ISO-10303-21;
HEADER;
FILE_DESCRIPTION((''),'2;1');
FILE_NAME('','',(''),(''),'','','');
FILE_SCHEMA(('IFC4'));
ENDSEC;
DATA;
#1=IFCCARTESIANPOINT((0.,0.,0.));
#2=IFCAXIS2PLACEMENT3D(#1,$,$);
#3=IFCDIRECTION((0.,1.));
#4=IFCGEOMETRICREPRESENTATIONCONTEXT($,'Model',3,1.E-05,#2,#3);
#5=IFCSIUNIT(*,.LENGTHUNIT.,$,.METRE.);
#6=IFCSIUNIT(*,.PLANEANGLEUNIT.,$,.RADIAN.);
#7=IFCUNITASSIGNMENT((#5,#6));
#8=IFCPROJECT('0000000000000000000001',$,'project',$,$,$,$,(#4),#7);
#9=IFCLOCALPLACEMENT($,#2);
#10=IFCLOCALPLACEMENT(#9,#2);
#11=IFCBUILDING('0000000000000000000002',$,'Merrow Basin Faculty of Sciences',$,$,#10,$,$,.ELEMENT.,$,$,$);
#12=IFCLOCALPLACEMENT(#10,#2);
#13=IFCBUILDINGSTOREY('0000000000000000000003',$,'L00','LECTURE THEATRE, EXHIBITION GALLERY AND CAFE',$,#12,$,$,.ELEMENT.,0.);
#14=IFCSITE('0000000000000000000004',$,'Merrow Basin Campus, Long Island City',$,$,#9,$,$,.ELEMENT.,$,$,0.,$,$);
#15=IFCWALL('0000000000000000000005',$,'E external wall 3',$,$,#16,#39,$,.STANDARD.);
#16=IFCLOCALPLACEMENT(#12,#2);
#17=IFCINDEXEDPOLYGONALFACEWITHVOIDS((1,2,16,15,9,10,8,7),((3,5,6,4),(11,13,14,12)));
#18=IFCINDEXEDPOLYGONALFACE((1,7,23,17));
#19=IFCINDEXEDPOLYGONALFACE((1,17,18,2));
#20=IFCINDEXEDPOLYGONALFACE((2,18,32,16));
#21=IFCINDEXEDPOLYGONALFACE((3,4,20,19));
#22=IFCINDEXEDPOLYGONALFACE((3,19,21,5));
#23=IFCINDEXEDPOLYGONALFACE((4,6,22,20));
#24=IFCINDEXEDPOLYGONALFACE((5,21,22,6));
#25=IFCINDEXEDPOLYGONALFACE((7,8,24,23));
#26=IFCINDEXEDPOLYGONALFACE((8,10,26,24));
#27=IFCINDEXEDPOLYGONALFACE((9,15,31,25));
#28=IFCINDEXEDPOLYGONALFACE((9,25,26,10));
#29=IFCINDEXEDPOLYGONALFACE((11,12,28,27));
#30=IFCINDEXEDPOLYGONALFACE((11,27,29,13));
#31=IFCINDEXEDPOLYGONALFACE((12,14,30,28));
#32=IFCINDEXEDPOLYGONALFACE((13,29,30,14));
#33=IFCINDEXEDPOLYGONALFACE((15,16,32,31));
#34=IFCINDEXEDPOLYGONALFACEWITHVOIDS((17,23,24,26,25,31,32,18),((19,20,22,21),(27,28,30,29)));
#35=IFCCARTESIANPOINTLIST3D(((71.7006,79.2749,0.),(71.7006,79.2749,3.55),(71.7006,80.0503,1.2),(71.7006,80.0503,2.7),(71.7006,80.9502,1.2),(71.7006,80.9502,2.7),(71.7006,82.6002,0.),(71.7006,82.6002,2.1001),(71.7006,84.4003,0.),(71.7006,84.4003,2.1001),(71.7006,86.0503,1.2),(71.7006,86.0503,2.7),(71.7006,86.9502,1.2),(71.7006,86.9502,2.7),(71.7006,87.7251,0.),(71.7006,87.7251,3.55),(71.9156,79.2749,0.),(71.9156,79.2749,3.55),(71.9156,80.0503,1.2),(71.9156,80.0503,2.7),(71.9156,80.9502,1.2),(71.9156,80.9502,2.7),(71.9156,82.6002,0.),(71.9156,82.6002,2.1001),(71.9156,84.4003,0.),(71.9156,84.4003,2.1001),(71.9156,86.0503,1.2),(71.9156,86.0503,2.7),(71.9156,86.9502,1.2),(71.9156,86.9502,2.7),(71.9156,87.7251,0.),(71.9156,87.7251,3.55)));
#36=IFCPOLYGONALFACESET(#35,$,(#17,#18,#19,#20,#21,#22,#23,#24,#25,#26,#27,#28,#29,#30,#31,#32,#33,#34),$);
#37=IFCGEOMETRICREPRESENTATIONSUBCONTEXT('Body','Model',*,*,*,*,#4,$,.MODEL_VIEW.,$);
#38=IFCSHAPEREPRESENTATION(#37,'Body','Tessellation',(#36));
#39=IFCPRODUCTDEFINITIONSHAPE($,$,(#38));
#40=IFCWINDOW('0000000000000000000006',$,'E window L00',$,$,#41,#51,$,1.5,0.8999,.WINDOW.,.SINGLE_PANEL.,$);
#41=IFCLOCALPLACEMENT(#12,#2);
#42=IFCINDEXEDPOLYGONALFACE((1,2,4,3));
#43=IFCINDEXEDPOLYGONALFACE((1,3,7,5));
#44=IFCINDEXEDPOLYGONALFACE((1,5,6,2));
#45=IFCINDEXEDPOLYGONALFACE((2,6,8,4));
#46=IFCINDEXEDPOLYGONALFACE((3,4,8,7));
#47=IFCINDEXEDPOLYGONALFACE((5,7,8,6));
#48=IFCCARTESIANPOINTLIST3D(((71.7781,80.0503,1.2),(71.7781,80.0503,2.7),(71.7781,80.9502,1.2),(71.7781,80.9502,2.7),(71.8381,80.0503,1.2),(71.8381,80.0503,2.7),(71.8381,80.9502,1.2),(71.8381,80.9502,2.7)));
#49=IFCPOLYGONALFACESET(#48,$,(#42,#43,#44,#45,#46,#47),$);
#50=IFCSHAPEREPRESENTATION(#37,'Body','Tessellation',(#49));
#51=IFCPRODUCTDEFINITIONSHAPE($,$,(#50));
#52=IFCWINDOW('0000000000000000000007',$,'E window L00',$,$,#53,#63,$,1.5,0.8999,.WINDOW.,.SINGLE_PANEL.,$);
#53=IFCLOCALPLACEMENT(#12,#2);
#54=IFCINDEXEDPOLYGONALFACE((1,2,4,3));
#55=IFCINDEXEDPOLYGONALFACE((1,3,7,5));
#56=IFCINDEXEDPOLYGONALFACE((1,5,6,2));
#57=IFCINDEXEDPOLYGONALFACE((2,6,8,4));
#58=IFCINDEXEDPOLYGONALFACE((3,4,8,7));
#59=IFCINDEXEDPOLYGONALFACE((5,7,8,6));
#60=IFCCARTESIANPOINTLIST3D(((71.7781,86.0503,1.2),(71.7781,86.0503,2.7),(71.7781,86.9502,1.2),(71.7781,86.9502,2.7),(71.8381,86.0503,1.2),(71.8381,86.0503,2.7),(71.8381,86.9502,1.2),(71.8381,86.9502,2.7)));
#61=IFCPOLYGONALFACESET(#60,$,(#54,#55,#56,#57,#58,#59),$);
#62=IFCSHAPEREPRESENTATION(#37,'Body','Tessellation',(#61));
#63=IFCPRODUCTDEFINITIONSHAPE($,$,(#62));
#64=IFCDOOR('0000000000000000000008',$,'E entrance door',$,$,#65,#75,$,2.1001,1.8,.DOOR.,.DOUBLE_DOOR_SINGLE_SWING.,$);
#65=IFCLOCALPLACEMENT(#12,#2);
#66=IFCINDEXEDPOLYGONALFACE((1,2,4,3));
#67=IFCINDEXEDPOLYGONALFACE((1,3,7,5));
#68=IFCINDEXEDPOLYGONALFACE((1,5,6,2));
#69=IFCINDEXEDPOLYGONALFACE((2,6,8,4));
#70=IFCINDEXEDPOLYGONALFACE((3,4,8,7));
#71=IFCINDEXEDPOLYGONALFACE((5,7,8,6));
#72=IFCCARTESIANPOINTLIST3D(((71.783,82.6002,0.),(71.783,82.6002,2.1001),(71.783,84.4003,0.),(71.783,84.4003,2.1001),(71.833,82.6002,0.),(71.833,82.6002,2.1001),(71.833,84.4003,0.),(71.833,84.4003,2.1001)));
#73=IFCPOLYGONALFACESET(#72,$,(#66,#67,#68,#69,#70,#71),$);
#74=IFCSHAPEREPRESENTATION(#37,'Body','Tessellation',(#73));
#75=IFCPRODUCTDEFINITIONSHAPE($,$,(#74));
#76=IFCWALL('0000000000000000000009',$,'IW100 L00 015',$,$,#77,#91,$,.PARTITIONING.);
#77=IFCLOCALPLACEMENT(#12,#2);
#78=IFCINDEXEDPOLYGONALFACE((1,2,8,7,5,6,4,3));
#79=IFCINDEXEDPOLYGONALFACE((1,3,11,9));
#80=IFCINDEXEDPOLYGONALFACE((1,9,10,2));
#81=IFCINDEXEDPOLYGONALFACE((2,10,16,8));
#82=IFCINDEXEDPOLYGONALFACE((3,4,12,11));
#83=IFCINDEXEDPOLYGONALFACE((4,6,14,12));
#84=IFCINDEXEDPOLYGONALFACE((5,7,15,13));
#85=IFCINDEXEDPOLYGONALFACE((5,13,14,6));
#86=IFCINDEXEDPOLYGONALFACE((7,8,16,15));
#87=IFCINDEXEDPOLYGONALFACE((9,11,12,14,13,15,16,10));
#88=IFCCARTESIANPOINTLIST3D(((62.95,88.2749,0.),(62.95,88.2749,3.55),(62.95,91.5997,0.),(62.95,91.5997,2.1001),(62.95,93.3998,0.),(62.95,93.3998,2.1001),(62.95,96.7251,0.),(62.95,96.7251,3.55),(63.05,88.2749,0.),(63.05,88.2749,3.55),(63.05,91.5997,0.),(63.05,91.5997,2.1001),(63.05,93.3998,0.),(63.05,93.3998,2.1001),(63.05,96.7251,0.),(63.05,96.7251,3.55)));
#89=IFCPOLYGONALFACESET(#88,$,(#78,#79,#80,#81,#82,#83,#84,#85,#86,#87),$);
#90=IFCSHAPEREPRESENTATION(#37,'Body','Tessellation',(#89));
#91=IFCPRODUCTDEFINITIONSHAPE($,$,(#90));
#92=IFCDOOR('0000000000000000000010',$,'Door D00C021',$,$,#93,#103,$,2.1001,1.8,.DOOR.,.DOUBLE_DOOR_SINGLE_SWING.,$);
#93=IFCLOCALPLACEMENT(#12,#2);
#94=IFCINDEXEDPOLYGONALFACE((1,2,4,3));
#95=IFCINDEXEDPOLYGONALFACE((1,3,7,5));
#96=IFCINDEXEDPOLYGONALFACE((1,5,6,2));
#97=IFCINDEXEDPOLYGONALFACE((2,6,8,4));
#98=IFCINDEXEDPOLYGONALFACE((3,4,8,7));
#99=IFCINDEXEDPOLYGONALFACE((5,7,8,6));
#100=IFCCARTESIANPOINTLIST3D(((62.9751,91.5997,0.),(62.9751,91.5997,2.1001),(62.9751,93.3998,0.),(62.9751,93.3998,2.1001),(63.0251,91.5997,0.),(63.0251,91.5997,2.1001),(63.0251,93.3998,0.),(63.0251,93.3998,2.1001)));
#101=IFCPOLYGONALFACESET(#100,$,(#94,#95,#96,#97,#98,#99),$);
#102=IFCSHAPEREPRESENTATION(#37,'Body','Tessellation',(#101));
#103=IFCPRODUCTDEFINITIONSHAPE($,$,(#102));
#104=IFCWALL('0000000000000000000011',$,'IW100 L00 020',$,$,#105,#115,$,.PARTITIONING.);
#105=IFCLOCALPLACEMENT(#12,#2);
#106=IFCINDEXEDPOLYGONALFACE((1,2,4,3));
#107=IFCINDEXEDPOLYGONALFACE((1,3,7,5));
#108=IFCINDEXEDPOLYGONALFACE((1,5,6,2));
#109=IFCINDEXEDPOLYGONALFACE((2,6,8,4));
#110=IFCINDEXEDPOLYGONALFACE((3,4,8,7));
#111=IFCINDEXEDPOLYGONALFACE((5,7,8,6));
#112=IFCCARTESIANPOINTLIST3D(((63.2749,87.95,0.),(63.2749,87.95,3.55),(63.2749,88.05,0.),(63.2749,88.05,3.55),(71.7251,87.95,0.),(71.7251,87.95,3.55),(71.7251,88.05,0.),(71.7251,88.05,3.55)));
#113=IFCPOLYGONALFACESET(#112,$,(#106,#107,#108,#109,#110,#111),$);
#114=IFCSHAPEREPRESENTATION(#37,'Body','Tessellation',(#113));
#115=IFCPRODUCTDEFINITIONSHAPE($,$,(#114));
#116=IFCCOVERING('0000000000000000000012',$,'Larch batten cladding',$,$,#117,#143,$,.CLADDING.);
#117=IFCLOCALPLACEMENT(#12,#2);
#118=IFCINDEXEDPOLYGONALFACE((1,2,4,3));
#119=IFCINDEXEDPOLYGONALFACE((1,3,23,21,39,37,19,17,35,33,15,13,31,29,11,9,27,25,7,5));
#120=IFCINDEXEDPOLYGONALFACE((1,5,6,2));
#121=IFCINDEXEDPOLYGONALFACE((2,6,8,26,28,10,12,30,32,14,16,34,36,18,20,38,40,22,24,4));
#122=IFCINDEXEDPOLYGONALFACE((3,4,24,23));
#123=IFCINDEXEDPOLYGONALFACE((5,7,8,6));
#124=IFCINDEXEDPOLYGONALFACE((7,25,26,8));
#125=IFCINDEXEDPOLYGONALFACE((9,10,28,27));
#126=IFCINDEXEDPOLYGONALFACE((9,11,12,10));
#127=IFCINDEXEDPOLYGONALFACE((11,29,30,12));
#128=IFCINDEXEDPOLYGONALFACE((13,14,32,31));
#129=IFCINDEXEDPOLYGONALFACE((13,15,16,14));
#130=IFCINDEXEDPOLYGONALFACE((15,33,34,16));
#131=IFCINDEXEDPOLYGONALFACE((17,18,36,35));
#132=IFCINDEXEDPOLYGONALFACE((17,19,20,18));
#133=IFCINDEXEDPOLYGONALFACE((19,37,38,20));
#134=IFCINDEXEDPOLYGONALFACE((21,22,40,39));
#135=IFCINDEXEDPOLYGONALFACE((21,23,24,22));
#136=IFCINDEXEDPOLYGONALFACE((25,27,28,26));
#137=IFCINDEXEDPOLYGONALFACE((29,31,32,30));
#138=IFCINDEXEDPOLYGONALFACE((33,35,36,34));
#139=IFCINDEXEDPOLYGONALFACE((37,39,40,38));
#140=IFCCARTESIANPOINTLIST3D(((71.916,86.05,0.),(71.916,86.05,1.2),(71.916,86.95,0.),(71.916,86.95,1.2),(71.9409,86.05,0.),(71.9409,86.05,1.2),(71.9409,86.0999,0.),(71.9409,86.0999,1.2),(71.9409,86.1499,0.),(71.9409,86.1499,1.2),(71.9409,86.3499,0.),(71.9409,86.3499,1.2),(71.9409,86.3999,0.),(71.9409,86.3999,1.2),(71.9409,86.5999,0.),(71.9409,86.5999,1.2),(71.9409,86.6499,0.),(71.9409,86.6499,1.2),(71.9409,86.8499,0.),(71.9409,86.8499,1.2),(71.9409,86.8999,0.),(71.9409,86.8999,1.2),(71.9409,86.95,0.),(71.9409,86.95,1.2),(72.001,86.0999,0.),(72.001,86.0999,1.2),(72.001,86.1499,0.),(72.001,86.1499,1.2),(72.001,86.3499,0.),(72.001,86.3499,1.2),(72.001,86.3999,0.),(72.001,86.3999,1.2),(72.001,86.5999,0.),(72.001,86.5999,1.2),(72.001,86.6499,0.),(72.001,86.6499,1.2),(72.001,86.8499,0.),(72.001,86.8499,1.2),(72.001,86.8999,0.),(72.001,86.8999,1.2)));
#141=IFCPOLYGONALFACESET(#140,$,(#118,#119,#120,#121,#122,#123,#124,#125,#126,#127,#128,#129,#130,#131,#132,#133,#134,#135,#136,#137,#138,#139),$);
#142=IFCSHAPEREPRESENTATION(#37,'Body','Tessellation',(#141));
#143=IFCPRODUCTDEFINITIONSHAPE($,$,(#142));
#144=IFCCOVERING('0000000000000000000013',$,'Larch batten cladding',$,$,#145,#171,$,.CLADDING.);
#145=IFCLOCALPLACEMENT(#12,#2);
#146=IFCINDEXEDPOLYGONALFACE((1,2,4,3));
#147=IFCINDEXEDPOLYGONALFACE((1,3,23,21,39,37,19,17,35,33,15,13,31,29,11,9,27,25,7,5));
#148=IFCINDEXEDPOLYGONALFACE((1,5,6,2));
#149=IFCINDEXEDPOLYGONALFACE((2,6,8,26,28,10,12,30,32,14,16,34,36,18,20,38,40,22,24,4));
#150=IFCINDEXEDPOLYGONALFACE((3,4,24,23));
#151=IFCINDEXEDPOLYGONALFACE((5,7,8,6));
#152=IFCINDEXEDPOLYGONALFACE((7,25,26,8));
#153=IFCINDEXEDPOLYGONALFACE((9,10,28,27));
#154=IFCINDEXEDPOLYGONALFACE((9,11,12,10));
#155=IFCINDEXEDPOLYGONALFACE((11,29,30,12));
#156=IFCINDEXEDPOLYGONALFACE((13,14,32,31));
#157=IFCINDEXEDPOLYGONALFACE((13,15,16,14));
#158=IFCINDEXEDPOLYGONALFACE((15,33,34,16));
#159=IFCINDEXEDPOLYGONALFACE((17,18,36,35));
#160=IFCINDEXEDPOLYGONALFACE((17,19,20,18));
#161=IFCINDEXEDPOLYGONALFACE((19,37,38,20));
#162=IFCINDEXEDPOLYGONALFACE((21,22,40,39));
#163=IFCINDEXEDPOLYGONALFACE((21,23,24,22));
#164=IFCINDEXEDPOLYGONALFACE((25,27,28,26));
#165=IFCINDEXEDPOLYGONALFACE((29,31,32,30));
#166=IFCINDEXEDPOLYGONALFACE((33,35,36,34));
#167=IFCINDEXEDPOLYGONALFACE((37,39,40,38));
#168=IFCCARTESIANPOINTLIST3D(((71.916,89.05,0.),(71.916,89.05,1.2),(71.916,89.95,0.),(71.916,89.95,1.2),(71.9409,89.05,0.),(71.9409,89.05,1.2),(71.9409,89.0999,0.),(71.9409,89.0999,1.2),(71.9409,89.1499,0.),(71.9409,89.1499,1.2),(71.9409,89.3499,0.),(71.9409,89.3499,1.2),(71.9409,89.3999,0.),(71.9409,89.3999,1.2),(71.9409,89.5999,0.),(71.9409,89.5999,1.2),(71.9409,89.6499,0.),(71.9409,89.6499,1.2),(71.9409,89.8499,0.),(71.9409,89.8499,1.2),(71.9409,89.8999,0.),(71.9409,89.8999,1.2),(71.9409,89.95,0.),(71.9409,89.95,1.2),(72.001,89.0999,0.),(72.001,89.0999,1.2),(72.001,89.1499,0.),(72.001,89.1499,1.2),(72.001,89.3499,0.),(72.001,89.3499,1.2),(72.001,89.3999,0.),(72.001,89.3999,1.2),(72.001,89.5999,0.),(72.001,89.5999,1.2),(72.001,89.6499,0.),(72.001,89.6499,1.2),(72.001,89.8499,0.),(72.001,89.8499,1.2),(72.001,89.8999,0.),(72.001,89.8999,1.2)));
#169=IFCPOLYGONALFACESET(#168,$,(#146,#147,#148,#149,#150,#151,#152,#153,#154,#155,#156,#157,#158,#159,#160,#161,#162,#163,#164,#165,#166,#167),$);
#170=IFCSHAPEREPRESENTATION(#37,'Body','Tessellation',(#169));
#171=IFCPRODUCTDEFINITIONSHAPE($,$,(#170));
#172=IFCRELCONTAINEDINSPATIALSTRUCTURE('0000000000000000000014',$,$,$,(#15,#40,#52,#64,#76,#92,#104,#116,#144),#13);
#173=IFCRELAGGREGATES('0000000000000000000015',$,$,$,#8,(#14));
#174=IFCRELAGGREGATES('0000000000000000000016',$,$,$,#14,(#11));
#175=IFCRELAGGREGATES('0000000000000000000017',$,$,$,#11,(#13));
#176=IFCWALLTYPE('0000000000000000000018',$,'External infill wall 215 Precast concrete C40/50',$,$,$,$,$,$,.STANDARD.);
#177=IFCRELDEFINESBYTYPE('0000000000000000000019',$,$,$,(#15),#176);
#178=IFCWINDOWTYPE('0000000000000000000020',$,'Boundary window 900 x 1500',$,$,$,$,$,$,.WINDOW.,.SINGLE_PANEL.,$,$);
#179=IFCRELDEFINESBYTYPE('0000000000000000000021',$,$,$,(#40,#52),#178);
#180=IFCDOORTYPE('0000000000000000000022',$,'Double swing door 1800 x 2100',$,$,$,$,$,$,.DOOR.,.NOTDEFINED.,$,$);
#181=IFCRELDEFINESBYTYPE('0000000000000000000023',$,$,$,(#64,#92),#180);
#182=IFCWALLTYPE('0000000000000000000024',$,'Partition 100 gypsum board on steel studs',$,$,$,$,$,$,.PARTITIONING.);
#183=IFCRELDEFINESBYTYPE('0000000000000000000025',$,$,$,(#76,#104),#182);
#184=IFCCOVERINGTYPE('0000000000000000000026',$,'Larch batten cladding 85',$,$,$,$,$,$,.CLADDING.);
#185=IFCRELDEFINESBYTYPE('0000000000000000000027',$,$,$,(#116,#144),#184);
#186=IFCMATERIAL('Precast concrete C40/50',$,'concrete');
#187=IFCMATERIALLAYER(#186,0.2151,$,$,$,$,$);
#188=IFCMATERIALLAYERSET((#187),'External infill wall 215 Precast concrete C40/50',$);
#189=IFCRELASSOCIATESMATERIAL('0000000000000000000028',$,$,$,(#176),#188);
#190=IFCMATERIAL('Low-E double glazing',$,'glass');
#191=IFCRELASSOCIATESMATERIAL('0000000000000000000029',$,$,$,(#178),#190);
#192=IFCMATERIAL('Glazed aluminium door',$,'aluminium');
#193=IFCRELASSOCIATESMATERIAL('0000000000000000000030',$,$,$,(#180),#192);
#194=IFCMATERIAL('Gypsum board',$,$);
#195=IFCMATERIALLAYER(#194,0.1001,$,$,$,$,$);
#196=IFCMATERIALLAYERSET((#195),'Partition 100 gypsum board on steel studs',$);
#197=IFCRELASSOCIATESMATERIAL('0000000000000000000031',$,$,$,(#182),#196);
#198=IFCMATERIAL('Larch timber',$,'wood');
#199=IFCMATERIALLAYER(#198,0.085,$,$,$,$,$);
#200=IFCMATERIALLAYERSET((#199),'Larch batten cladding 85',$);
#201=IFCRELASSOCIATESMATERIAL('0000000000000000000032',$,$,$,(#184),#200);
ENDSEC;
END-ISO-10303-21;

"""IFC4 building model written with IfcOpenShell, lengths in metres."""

from ifc_helpers import new_model, si_unit, direction, frame, frame_2d, origin, place, context, subcontext, project, spatial, polyline, rectangle, outline, extrude, source, transform, mapped, material, layer, layer_set, type_object, element, fill, save


model = new_model("IFC4")

# Units and contexts
model_context = context("Model", 3, precision=1e-05, world=origin(), true_north=direction((0.0, 1.0)))
body_context = subcontext(model_context, "Body", "Model", "MODEL_VIEW")
ifc_project = project(units=[si_unit("LENGTHUNIT", "METRE"), si_unit("PLANEANGLEUNIT", "RADIAN")], contexts=[model_context])

# Site, building, storey
site_placement = place(None, origin())
site = spatial("IfcSite", under=ifc_project, at=site_placement, Name="Merrow Basin Campus, Long Island City", CompositionType="ELEMENT", RefElevation=0.0)
building_placement = place(site_placement, origin())
building = spatial("IfcBuilding", under=site, at=building_placement, Name="Merrow Basin Faculty of Sciences", CompositionType="ELEMENT")
storey_placement = place(building_placement, origin())
storey = spatial("IfcBuildingStorey", under=building, at=storey_placement, Name="L00", Description="LECTURE THEATRE, EXHIBITION GALLERY AND CAFE", CompositionType="ELEMENT", Elevation=0.0)

# Wall, openings, windows, door
ifc_material_1 = material(Name="Precast concrete C40/50", Category="concrete")
ifc_layer_1 = layer(ifc_material_1, 0.2151)
ifc_layer_set_1 = layer_set([ifc_layer_1], Name="External infill wall 215 Precast concrete C40/50")
wall_type_1 = type_object("IfcWallType", Name="External infill wall 215 Precast concrete C40/50", PredefinedType="STANDARD", material=ifc_layer_set_1)
wall_1_placement = place(storey_placement, frame((71.8081, 87.7251, 0.0), z_axis=(0.0, 0.0, 1.0), x_axis=(0.0, -1.0, 0.0)))
wall_1 = element("IfcWall", 1, at=wall_1_placement, inside=storey, type_object=wall_type_1, Name="E external wall 3", PredefinedType="STANDARD", context=body_context, shape_type="SweptSolid", body=[
    extrude(rectangle(XDim=8.4502, YDim=0.2151, at=frame_2d((4.2251, 0.0))), origin(), (0.0, 0.0, 1.0), 3.55),
])
opening_1_placement = place(wall_1_placement, frame((6.7749, 0.0, 1.2)))
opening_1 = element("IfcOpeningElement", 2, at=opening_1_placement, cuts=wall_1, PredefinedType="OPENING", context=body_context, shape_type="SweptSolid", body=[
    extrude(rectangle(XDim=0.8999, YDim=1.5, at=frame_2d((0.45, 0.75))), frame((0.0, 0.1174, 0.0), z_axis=(0.0, -1.0, 0.0), x_axis=(1.0, 0.0, 0.0)), (0.0, 0.0, 1.0), 0.2351),
])
opening_2_placement = place(wall_1_placement, frame((3.325, 0.0, 0.0)))
opening_2 = element("IfcOpeningElement", 3, at=opening_2_placement, cuts=wall_1, PredefinedType="OPENING", context=body_context, shape_type="SweptSolid", body=[
    extrude(rectangle(XDim=1.8, YDim=2.1001, at=frame_2d((0.8999, 1.05))), frame((0.0, 0.1174, 0.0), z_axis=(0.0, -1.0, 0.0), x_axis=(1.0, 0.0, 0.0)), (0.0, 0.0, 1.0), 0.2351),
])
opening_3_placement = place(wall_1_placement, frame((0.7749, 0.0, 1.2)))
opening_3 = element("IfcOpeningElement", 4, at=opening_3_placement, cuts=wall_1, PredefinedType="OPENING", context=body_context, shape_type="SweptSolid", body=[
    extrude(rectangle(XDim=0.8999, YDim=1.5, at=frame_2d((0.45, 0.75))), frame((0.0, 0.1174, 0.0), z_axis=(0.0, -1.0, 0.0), x_axis=(1.0, 0.0, 0.0)), (0.0, 0.0, 1.0), 0.2351),
])
ifc_material_2 = material(Name="Low-E double glazing", Category="glass")
window_type = type_object("IfcWindowType", Name="Boundary window 900 x 1500", PartitioningType="SINGLE_PANEL", PredefinedType="WINDOW", material=ifc_material_2)
window_1_placement = place(opening_1_placement, origin())
window_1 = element("IfcWindow", 5, at=window_1_placement, inside=storey, type_object=window_type, Name="E window L00", OverallHeight=1.5, OverallWidth=0.8999, PartitioningType="SINGLE_PANEL", PredefinedType="WINDOW", context=body_context, shape_type="SweptSolid", body=[
    extrude(rectangle(XDim=0.8999, YDim=1.5, at=frame_2d((0.45, 0.75))), frame((0.0, 0.03, 0.0), z_axis=(0.0, -1.0, 0.0), x_axis=(1.0, 0.0, 0.0)), (0.0, 0.0, 1.0), 0.0601),
])
fill(opening_1, window_1)
window_2_placement = place(opening_3_placement, origin())
window_2 = element("IfcWindow", 6, at=window_2_placement, inside=storey, type_object=window_type, Name="E window L00", OverallHeight=1.5, OverallWidth=0.8999, PartitioningType="SINGLE_PANEL", PredefinedType="WINDOW", context=body_context, shape_type="SweptSolid", body=[
    extrude(rectangle(XDim=0.8999, YDim=1.5, at=frame_2d((0.45, 0.75))), frame((0.0, 0.03, 0.0), z_axis=(0.0, -1.0, 0.0), x_axis=(1.0, 0.0, 0.0)), (0.0, 0.0, 1.0), 0.0601),
])
fill(opening_3, window_2)
ifc_material_3 = material(Name="Glazed aluminium door", Category="aluminium")
door_type = type_object("IfcDoorType", Name="Double swing door 1800 x 2100", OperationType="NOTDEFINED", PredefinedType="DOOR", material=ifc_material_3)
door_1_placement = place(opening_2_placement, origin())
door_1 = element("IfcDoor", 7, at=door_1_placement, inside=storey, type_object=door_type, Name="E entrance door", OperationType="DOUBLE_DOOR_SINGLE_SWING", OverallHeight=2.1001, OverallWidth=1.8, PredefinedType="DOOR", context=body_context, shape_type="SweptSolid", body=[
    extrude(rectangle(XDim=1.8, YDim=2.1001, at=frame_2d((0.8999, 1.05))), frame((0.0, 0.0249, 0.0), z_axis=(0.0, -1.0, 0.0), x_axis=(1.0, 0.0, 0.0)), (0.0, 0.0, 1.0), 0.05),
])
fill(opening_2, door_1)

# Wall, opening, door
ifc_material_4 = material(Name="Gypsum board")
ifc_layer_2 = layer(ifc_material_4, 0.1001)
ifc_layer_set_2 = layer_set([ifc_layer_2], Name="Partition 100 gypsum board on steel studs")
wall_type_2 = type_object("IfcWallType", Name="Partition 100 gypsum board on steel studs", PredefinedType="PARTITIONING", material=ifc_layer_set_2)
wall_2_placement = place(storey_placement, frame((63.0, 88.2749, 0.0), z_axis=(0.0, 0.0, 1.0), x_axis=(0.0, 1.0, 0.0)))
wall_2 = element("IfcWall", 8, at=wall_2_placement, inside=storey, type_object=wall_type_2, Name="IW100 L00 015", PredefinedType="PARTITIONING", context=body_context, shape_type="SweptSolid", body=[
    extrude(rectangle(XDim=8.4502, YDim=0.1001, at=frame_2d((4.2251, 0.0))), origin(), (0.0, 0.0, 1.0), 3.55),
])
opening_4_placement = place(wall_2_placement, frame((3.325, 0.0, 0.0)))
opening_4 = element("IfcOpeningElement", 9, at=opening_4_placement, cuts=wall_2, PredefinedType="OPENING", context=body_context, shape_type="SweptSolid", body=[
    extrude(rectangle(XDim=1.8, YDim=2.1001, at=frame_2d((0.8999, 1.05))), frame((0.0, 0.0601, 0.0), z_axis=(0.0, -1.0, 0.0), x_axis=(1.0, 0.0, 0.0)), (0.0, 0.0, 1.0), 0.1201),
])
door_2_placement = place(opening_4_placement, origin())
door_2 = element("IfcDoor", 10, at=door_2_placement, inside=storey, type_object=door_type, Name="Door D00C021", OperationType="DOUBLE_DOOR_SINGLE_SWING", OverallHeight=2.1001, OverallWidth=1.8, PredefinedType="DOOR", context=body_context, shape_type="SweptSolid", body=[
    extrude(rectangle(XDim=1.8, YDim=2.1001, at=frame_2d((0.8999, 1.05))), frame((0.0, 0.0249, 0.0), z_axis=(0.0, -1.0, 0.0), x_axis=(1.0, 0.0, 0.0)), (0.0, 0.0, 1.0), 0.05),
])
fill(opening_4, door_2)

# Wall
wall_3_placement = place(storey_placement, frame((63.2749, 88.0, 0.0), z_axis=(0.0, 0.0, 1.0), x_axis=(1.0, 0.0, 0.0)))
element("IfcWall", 11, at=wall_3_placement, inside=storey, type_object=wall_type_2, Name="IW100 L00 020", PredefinedType="PARTITIONING", context=body_context, shape_type="SweptSolid", body=[
    extrude(rectangle(XDim=8.4502, YDim=0.1001, at=frame_2d((4.2251, 0.0))), origin(), (0.0, 0.0, 1.0), 3.55),
])

# Coverings
ifc_material_5 = material(Name="Larch timber", Category="wood")
ifc_layer_3 = layer(ifc_material_5, 0.085)
ifc_layer_set_3 = layer_set([ifc_layer_3], Name="Larch batten cladding 85")
covering_type = type_object("IfcCoveringType", Name="Larch batten cladding 85", PredefinedType="CLADDING", material=ifc_layer_set_3)
shared_shape_1 = source(origin(), body_context, "Body", "SweptSolid", [
    extrude(outline(polyline([(0.0, 0.0), (0.8999, 0.0), (0.8999, 0.0249), (0.8501, 0.0249), (0.8501, 0.085), (0.8, 0.085), (0.8, 0.0249), (0.6001, 0.0249), (0.6001, 0.085), (0.55, 0.085), (0.55, 0.0249), (0.3501, 0.0249), (0.3501, 0.085), (0.3, 0.085), (0.3, 0.0249), (0.1001, 0.0249), (0.1001, 0.085), (0.05, 0.085), (0.05, 0.0249), (0.0, 0.0249), (0.0, 0.0)])), origin(), (0.0, 0.0, 1.0), 1.2),
])
for number, where, z_axis, x_axis, name in (
    (12, (71.916, 86.95, 0.0), (0.0, 0.0, 1.0), (0.0, -1.0, 0.0), "Larch batten cladding"),
    (13, (71.916, 89.95, 0.0), (0.0, 0.0, 1.0), (0.0, -1.0, 0.0), "Larch batten cladding"),
):
    element("IfcCovering", number, at=place(storey_placement, frame(where, z_axis=z_axis, x_axis=x_axis)), inside=storey, type_object=covering_type, Name=name, PredefinedType="CLADDING", context=body_context, shape_type="MappedRepresentation", body=[
        mapped(shared_shape_1, transform((0.0, 0.0, 0.0), scale=1.0)),
    ])

save(model, "model.ifc")
